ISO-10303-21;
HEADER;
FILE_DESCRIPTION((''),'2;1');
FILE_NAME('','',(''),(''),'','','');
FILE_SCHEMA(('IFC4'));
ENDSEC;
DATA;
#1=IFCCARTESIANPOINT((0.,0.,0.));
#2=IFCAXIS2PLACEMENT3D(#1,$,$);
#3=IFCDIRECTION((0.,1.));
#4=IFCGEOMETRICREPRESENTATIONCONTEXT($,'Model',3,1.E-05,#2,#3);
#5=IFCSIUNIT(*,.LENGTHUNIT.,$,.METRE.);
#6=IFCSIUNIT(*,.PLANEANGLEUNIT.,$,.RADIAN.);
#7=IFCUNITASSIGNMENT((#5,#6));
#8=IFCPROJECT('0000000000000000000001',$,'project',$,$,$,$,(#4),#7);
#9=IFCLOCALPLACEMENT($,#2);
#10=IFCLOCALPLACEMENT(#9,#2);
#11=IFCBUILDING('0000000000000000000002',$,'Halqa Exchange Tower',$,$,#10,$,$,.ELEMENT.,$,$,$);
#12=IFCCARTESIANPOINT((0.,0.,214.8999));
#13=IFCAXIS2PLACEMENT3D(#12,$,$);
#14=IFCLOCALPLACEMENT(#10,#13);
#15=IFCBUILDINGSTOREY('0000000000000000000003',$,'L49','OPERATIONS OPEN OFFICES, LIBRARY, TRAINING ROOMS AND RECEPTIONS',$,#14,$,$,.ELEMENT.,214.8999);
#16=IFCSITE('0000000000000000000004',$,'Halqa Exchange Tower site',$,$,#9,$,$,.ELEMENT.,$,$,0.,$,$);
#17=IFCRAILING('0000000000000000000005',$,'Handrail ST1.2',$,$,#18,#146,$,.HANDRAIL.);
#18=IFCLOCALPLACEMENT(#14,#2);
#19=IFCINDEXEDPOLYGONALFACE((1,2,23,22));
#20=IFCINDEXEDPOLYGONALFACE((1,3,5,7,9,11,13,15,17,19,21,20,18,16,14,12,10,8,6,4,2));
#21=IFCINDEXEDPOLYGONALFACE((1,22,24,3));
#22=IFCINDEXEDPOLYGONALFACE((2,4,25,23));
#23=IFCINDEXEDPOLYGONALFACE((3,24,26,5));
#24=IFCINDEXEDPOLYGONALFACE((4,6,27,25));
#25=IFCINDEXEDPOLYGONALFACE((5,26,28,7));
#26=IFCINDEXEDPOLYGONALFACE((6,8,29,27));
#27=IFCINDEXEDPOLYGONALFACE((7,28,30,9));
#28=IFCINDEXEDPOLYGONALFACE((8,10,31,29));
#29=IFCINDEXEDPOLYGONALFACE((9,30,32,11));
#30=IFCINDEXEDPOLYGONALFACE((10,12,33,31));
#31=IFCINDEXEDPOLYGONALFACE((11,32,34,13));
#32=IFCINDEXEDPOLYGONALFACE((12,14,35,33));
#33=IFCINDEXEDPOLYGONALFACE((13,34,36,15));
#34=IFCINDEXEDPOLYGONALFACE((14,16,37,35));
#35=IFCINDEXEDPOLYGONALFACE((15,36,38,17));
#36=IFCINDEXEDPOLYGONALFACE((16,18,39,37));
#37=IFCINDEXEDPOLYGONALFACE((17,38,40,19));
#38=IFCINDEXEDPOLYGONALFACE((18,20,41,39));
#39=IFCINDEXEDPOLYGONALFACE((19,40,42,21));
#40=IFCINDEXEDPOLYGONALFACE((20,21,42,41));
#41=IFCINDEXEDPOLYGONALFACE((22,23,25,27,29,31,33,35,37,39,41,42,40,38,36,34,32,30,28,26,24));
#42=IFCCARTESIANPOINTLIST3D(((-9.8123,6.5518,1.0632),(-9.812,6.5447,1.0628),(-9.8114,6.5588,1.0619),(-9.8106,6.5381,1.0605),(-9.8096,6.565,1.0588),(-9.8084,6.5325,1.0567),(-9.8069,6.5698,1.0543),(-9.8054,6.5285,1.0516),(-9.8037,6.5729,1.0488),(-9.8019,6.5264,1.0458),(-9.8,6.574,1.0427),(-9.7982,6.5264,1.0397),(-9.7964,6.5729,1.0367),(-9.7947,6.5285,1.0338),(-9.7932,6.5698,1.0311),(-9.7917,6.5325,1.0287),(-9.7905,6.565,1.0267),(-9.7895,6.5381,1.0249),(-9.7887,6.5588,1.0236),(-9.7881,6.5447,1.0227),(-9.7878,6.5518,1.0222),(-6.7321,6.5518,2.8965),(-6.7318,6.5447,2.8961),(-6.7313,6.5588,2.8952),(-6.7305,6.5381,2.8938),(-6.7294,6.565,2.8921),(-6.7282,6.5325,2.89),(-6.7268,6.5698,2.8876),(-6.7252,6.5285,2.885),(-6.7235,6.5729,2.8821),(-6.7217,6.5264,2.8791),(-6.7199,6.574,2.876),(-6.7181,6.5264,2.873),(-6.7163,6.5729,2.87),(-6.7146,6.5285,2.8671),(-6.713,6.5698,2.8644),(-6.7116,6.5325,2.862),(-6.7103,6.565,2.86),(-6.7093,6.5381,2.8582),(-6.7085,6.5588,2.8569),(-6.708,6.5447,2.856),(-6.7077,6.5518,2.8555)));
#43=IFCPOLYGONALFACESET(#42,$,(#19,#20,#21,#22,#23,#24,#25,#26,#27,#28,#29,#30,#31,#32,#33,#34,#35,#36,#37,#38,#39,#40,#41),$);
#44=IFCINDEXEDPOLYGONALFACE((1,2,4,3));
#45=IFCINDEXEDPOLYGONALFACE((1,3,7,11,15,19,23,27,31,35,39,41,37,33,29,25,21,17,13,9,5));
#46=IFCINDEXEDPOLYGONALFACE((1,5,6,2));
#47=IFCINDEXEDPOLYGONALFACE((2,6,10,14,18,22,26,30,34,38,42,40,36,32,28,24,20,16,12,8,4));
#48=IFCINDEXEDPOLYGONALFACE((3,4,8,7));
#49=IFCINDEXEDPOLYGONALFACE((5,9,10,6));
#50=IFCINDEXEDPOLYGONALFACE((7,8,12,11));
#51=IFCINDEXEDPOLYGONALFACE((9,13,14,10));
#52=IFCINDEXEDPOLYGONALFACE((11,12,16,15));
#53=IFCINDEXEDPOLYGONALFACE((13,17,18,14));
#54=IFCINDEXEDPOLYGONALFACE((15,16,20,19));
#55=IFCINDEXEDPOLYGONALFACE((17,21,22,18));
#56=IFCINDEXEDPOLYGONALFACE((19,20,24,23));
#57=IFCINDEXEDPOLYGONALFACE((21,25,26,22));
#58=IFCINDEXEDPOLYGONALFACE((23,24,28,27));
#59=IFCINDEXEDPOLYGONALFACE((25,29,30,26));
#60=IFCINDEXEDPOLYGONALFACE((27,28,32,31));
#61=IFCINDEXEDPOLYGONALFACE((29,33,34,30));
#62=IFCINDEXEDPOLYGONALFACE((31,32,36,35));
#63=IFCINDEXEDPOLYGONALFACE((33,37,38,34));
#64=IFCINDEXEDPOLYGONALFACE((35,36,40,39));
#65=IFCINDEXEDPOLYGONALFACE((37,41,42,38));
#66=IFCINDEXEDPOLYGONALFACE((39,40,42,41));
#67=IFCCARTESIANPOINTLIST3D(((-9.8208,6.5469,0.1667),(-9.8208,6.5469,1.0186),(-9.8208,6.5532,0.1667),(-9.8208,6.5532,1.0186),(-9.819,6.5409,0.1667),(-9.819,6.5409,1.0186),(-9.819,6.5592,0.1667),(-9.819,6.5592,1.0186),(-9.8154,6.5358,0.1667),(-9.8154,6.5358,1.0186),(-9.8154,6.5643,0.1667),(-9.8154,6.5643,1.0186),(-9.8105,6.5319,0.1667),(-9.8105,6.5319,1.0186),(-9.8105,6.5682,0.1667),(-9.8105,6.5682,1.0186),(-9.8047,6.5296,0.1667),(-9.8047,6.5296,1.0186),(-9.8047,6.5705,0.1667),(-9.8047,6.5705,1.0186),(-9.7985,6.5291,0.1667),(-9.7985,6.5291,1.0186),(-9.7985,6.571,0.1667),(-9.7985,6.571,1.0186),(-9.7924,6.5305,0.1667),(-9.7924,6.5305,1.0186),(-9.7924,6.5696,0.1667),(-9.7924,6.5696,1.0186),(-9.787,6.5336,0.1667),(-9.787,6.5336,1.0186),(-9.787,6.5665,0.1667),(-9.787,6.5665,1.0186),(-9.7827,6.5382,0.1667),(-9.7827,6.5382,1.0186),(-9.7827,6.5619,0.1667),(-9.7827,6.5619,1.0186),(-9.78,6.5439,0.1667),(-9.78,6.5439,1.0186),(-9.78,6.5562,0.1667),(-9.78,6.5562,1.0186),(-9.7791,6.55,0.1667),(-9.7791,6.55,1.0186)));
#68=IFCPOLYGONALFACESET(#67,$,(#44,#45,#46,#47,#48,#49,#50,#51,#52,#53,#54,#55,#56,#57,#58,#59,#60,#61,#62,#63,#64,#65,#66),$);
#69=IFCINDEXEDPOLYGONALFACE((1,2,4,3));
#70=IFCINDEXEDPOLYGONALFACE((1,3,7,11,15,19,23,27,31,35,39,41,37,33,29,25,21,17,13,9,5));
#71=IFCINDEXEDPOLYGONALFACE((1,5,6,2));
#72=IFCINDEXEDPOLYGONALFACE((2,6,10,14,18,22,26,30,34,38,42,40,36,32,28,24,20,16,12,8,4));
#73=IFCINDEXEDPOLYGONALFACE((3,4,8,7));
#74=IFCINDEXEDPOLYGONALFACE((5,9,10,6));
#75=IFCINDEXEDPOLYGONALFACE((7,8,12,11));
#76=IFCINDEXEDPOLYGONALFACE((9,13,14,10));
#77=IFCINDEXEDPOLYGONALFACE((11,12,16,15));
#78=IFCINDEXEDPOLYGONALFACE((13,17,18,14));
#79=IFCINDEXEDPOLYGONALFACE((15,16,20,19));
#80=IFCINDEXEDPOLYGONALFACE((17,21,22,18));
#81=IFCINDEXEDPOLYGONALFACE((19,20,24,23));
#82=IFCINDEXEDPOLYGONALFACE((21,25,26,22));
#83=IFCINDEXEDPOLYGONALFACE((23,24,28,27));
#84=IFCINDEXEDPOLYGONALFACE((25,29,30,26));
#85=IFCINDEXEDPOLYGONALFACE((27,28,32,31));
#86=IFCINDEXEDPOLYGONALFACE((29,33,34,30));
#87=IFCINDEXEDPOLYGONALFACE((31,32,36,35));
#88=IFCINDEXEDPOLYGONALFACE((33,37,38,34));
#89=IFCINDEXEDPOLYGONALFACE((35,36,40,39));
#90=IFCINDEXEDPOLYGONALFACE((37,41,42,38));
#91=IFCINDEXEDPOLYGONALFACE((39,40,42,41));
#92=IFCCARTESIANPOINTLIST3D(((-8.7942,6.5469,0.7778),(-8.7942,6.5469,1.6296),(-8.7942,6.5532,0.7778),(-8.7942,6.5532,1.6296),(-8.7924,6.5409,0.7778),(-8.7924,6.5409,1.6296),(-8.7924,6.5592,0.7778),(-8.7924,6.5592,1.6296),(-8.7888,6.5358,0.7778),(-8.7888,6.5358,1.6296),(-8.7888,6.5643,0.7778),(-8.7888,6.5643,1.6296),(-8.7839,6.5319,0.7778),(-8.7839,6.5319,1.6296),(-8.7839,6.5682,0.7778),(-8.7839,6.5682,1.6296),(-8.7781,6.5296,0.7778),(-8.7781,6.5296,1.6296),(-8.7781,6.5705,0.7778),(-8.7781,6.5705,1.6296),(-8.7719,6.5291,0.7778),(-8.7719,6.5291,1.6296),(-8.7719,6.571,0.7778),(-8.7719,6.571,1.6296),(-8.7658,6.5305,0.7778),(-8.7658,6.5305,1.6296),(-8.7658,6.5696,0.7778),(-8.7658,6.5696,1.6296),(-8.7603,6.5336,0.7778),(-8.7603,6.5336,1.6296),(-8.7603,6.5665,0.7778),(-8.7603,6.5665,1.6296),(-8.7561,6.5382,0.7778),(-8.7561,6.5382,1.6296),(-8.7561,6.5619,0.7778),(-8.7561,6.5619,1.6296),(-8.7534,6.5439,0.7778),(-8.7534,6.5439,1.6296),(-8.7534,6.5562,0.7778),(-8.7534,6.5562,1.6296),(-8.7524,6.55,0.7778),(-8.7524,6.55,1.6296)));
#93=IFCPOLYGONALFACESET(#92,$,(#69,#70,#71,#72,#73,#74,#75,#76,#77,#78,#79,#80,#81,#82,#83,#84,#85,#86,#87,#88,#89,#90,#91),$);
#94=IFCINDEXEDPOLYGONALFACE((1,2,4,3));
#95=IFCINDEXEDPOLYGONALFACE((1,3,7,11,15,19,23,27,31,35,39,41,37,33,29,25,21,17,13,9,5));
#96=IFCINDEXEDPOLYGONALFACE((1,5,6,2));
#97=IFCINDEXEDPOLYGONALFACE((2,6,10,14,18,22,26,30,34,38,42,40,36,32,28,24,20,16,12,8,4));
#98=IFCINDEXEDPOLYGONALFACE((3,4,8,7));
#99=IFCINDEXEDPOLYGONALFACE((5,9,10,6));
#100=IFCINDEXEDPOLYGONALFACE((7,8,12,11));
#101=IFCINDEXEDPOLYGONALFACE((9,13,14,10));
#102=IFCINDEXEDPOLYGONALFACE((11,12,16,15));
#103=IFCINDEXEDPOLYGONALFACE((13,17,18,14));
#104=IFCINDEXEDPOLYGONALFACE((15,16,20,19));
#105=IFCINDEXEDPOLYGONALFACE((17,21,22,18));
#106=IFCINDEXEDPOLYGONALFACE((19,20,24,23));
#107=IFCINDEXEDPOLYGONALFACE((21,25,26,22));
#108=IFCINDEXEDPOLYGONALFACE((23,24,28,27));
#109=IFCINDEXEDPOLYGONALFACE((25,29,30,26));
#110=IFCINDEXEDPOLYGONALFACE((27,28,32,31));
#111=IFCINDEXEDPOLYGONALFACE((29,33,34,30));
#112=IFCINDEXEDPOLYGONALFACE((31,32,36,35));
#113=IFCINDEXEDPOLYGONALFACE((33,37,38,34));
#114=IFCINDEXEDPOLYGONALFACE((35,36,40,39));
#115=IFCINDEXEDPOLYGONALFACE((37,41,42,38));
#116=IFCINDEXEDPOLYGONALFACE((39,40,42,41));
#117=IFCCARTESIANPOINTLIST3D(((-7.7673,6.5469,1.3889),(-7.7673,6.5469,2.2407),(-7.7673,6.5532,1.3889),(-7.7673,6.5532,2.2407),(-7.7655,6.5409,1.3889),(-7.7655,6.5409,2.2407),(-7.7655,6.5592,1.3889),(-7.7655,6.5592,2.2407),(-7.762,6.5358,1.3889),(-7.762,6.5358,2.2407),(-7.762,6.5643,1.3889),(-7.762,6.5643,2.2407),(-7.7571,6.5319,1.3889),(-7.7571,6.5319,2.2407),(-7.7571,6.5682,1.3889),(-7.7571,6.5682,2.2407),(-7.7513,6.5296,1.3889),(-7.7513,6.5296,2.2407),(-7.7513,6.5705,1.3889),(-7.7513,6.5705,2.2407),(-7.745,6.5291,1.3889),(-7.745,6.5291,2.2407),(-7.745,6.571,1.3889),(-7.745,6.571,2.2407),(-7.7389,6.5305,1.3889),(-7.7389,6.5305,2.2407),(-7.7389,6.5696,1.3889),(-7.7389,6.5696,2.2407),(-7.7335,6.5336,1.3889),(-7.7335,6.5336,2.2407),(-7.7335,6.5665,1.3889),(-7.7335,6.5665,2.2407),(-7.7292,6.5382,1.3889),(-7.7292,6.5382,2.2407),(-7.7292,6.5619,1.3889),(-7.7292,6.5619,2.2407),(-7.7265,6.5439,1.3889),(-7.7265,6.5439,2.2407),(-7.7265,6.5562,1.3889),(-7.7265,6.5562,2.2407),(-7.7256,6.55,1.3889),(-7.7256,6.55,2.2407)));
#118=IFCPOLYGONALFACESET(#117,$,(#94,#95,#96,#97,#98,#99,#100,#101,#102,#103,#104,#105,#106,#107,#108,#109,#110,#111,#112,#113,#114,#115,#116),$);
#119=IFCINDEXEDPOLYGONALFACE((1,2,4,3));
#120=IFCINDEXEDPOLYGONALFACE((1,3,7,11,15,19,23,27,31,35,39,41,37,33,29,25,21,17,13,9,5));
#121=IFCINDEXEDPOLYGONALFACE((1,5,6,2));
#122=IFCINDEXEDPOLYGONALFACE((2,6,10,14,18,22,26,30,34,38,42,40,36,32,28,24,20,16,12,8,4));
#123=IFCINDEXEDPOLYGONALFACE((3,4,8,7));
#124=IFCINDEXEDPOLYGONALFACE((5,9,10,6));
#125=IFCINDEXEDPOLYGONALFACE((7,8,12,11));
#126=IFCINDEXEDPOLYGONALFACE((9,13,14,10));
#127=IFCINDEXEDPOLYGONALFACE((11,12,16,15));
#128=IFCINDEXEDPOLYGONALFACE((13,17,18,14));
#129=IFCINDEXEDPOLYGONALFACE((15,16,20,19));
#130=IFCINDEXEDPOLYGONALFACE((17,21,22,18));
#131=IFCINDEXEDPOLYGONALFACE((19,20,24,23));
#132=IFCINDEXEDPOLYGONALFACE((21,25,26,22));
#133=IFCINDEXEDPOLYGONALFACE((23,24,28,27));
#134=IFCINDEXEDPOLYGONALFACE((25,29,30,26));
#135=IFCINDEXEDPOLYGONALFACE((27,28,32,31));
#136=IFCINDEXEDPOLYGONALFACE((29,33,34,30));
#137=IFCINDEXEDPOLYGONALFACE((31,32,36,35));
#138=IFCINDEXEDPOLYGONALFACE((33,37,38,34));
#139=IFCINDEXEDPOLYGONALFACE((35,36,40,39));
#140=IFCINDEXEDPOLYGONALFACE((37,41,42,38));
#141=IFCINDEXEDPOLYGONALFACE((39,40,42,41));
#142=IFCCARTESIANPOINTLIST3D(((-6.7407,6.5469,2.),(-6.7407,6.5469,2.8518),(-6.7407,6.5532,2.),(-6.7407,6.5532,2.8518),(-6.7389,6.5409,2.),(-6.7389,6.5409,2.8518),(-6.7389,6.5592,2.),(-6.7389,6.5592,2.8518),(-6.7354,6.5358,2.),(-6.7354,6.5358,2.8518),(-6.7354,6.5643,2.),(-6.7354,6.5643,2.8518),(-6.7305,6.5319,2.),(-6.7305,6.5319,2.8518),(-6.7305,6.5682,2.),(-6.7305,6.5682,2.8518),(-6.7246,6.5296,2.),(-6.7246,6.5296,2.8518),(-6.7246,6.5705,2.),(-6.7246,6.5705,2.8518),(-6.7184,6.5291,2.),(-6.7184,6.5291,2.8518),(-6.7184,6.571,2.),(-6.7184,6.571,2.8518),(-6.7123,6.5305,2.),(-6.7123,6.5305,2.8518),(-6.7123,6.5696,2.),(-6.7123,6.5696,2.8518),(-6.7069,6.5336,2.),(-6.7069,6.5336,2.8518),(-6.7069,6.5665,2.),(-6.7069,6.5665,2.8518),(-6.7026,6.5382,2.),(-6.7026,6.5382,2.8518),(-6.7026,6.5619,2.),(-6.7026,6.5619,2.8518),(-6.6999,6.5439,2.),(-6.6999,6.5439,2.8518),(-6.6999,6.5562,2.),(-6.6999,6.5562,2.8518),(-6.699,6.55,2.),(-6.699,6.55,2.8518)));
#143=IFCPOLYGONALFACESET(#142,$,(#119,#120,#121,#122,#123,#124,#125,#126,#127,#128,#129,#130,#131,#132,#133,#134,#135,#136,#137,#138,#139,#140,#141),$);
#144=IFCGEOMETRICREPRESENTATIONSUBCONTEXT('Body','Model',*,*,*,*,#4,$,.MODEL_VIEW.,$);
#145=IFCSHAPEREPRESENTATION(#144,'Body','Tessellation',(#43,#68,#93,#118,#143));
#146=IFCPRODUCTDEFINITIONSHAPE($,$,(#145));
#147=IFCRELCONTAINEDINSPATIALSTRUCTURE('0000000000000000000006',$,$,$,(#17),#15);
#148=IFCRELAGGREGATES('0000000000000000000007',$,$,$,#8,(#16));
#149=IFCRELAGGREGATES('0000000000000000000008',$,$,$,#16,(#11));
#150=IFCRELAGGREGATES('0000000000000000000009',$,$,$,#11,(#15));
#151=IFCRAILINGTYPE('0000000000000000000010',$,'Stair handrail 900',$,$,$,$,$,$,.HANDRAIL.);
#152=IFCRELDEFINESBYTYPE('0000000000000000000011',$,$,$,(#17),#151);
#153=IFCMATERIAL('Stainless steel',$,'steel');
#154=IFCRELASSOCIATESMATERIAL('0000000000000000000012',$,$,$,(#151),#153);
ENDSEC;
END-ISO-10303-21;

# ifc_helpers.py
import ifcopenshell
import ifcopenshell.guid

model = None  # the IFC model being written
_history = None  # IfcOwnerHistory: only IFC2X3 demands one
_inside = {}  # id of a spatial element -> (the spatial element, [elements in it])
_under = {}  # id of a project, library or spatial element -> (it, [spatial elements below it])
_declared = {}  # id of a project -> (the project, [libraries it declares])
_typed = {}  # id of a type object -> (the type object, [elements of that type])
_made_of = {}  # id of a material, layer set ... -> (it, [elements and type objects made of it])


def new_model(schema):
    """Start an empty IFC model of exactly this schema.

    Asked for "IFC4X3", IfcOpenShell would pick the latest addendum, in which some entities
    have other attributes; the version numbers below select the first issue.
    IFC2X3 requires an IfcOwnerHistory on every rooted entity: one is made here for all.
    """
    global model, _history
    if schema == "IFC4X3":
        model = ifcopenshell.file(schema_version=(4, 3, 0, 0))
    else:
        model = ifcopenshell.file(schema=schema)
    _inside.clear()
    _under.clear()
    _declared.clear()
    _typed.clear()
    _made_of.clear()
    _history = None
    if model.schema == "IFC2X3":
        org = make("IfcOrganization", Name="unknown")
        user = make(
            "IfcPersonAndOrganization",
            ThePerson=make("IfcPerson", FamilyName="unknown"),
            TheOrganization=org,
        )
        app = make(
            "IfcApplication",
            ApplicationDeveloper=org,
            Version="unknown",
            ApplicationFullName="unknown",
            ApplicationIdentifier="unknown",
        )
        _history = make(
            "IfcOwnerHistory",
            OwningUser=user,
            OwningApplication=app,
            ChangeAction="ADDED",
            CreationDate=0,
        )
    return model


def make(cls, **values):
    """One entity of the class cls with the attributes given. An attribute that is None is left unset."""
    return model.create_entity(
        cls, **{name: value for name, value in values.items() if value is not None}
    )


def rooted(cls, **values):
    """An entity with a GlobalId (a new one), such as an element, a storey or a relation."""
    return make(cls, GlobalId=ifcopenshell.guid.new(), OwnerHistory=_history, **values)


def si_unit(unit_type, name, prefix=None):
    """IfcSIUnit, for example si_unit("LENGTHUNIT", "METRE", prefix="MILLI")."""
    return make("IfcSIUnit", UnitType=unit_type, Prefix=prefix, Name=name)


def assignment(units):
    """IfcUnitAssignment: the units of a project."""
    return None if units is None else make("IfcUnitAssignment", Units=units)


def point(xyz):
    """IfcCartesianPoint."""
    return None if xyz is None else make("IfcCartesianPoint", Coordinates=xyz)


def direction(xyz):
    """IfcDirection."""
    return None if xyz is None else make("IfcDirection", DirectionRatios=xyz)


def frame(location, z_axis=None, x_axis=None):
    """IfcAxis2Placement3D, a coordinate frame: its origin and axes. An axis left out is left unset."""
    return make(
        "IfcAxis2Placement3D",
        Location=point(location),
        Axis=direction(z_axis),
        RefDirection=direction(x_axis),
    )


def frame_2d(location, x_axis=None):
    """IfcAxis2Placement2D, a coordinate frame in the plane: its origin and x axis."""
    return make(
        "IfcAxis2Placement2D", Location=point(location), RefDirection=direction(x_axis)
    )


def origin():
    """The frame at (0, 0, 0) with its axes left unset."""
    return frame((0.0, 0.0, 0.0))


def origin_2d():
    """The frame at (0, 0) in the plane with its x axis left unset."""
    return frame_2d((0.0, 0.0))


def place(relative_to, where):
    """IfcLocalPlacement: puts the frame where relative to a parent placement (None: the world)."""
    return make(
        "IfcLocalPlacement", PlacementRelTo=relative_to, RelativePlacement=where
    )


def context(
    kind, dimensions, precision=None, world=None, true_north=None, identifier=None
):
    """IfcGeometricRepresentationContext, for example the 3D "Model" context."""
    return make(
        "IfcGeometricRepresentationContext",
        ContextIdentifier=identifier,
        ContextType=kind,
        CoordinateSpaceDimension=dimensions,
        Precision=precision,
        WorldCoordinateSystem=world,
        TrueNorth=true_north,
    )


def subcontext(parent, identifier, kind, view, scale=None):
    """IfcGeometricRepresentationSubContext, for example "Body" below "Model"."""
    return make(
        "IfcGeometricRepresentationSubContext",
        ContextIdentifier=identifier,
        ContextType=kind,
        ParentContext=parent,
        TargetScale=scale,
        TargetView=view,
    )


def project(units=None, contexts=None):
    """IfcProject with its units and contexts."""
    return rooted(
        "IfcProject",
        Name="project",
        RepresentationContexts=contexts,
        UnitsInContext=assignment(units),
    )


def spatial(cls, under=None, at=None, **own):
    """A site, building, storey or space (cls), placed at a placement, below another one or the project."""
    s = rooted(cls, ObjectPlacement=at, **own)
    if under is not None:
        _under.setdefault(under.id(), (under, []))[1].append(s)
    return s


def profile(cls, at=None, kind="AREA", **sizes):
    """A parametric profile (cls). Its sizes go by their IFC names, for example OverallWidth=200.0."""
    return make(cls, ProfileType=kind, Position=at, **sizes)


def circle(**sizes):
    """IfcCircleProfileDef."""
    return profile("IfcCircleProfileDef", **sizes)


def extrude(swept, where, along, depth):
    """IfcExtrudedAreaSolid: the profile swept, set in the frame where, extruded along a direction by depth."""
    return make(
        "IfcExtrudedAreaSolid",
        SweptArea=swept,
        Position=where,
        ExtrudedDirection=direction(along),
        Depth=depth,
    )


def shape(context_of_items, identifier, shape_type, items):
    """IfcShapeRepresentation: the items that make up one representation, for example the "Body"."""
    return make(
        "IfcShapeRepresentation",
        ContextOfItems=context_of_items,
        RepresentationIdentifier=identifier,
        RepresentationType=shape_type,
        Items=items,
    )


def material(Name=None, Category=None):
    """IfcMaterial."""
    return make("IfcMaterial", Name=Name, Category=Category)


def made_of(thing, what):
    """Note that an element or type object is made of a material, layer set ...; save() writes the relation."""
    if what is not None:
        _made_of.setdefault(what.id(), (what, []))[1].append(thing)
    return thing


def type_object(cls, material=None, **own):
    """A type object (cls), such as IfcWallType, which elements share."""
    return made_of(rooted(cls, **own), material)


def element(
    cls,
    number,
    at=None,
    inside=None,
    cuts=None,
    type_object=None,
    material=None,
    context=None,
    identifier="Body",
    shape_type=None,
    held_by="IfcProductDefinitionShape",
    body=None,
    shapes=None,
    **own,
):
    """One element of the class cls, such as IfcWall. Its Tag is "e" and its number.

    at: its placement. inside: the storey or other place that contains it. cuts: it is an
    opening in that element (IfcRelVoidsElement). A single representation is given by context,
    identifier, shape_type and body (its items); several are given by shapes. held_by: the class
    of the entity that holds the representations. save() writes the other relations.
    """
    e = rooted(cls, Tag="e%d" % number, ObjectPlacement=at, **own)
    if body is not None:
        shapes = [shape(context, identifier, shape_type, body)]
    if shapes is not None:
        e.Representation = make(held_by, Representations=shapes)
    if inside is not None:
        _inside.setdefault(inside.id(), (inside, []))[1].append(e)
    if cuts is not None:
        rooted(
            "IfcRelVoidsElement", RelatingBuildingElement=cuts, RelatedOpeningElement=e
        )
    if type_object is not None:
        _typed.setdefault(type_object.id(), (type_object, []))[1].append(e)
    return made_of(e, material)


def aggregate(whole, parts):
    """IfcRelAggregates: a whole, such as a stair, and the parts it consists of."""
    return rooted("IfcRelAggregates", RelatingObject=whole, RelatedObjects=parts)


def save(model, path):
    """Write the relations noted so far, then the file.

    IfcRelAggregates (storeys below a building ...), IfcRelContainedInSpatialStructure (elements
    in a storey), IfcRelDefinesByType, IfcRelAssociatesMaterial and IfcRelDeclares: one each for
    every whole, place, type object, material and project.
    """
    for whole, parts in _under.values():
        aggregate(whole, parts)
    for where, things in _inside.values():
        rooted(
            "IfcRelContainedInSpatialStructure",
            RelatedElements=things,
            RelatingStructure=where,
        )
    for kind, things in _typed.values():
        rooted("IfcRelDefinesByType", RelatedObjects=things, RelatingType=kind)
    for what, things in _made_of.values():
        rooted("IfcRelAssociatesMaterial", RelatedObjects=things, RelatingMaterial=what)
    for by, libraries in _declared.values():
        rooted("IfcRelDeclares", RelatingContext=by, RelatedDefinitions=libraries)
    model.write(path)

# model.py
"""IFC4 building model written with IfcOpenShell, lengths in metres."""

from ifc_helpers import new_model, si_unit, direction, frame, origin, origin_2d, place, context, subcontext, project, spatial, circle, extrude, material, type_object, element, save


model = new_model("IFC4")

# Units and contexts
model_context = context("Model", 3, precision=1e-05, world=origin(), true_north=direction((0.0, 1.0)))
body_context = subcontext(model_context, "Body", "Model", "MODEL_VIEW")
ifc_project = project(units=[si_unit("LENGTHUNIT", "METRE"), si_unit("PLANEANGLEUNIT", "RADIAN")], contexts=[model_context])

# Site, building, storey
site_placement = place(None, origin())
site = spatial("IfcSite", under=ifc_project, at=site_placement, Name="Halqa Exchange Tower site", CompositionType="ELEMENT", RefElevation=0.0)
building_placement = place(site_placement, origin())
building = spatial("IfcBuilding", under=site, at=building_placement, Name="Halqa Exchange Tower", CompositionType="ELEMENT")
storey_placement = place(building_placement, frame((0.0, 0.0, 214.8999)))
storey = spatial("IfcBuildingStorey", under=building, at=storey_placement, Name="L49", Description="OPERATIONS OPEN OFFICES, LIBRARY, TRAINING ROOMS AND RECEPTIONS", CompositionType="ELEMENT", Elevation=214.8999)

# Shared definitions
ifc_material_1 = material(Name="Stainless steel", Category="steel")

# Railing
railing_type_1 = type_object("IfcRailingType", Name="Stair handrail 900", PredefinedType="HANDRAIL", material=ifc_material_1)
railing_1_placement = place(storey_placement, frame((-9.8, 6.55, 0.1667)))
element("IfcRailing", 1, at=railing_1_placement, inside=storey, type_object=railing_type_1, Name="Handrail ST1.2", PredefinedType="HANDRAIL", context=body_context, shape_type="SweptSolid", body=[
    extrude(circle(Radius=0.0239, at=origin_2d()), frame((0.0, 0.0, 0.876), z_axis=(0.859309, 0.0, 0.511458), x_axis=(0.0, 1.0, 0.0)), (0.0, 0.0, 1.0), 3.5845),
    extrude(circle(Radius=0.021, at=origin_2d()), origin(), (0.0, 0.0, 1.0), 0.8518),
    extrude(circle(Radius=0.021, at=origin_2d()), frame((1.0266, 0.0, 0.6111)), (0.0, 0.0, 1.0), 0.8518),
    extrude(circle(Radius=0.021, at=origin_2d()), frame((2.0535, 0.0, 1.2222)), (0.0, 0.0, 1.0), 0.8518),
    extrude(circle(Radius=0.021, at=origin_2d()), frame((3.0801, 0.0, 1.8333)), (0.0, 0.0, 1.0), 0.8518),
])

save(model, "model.ifc")
